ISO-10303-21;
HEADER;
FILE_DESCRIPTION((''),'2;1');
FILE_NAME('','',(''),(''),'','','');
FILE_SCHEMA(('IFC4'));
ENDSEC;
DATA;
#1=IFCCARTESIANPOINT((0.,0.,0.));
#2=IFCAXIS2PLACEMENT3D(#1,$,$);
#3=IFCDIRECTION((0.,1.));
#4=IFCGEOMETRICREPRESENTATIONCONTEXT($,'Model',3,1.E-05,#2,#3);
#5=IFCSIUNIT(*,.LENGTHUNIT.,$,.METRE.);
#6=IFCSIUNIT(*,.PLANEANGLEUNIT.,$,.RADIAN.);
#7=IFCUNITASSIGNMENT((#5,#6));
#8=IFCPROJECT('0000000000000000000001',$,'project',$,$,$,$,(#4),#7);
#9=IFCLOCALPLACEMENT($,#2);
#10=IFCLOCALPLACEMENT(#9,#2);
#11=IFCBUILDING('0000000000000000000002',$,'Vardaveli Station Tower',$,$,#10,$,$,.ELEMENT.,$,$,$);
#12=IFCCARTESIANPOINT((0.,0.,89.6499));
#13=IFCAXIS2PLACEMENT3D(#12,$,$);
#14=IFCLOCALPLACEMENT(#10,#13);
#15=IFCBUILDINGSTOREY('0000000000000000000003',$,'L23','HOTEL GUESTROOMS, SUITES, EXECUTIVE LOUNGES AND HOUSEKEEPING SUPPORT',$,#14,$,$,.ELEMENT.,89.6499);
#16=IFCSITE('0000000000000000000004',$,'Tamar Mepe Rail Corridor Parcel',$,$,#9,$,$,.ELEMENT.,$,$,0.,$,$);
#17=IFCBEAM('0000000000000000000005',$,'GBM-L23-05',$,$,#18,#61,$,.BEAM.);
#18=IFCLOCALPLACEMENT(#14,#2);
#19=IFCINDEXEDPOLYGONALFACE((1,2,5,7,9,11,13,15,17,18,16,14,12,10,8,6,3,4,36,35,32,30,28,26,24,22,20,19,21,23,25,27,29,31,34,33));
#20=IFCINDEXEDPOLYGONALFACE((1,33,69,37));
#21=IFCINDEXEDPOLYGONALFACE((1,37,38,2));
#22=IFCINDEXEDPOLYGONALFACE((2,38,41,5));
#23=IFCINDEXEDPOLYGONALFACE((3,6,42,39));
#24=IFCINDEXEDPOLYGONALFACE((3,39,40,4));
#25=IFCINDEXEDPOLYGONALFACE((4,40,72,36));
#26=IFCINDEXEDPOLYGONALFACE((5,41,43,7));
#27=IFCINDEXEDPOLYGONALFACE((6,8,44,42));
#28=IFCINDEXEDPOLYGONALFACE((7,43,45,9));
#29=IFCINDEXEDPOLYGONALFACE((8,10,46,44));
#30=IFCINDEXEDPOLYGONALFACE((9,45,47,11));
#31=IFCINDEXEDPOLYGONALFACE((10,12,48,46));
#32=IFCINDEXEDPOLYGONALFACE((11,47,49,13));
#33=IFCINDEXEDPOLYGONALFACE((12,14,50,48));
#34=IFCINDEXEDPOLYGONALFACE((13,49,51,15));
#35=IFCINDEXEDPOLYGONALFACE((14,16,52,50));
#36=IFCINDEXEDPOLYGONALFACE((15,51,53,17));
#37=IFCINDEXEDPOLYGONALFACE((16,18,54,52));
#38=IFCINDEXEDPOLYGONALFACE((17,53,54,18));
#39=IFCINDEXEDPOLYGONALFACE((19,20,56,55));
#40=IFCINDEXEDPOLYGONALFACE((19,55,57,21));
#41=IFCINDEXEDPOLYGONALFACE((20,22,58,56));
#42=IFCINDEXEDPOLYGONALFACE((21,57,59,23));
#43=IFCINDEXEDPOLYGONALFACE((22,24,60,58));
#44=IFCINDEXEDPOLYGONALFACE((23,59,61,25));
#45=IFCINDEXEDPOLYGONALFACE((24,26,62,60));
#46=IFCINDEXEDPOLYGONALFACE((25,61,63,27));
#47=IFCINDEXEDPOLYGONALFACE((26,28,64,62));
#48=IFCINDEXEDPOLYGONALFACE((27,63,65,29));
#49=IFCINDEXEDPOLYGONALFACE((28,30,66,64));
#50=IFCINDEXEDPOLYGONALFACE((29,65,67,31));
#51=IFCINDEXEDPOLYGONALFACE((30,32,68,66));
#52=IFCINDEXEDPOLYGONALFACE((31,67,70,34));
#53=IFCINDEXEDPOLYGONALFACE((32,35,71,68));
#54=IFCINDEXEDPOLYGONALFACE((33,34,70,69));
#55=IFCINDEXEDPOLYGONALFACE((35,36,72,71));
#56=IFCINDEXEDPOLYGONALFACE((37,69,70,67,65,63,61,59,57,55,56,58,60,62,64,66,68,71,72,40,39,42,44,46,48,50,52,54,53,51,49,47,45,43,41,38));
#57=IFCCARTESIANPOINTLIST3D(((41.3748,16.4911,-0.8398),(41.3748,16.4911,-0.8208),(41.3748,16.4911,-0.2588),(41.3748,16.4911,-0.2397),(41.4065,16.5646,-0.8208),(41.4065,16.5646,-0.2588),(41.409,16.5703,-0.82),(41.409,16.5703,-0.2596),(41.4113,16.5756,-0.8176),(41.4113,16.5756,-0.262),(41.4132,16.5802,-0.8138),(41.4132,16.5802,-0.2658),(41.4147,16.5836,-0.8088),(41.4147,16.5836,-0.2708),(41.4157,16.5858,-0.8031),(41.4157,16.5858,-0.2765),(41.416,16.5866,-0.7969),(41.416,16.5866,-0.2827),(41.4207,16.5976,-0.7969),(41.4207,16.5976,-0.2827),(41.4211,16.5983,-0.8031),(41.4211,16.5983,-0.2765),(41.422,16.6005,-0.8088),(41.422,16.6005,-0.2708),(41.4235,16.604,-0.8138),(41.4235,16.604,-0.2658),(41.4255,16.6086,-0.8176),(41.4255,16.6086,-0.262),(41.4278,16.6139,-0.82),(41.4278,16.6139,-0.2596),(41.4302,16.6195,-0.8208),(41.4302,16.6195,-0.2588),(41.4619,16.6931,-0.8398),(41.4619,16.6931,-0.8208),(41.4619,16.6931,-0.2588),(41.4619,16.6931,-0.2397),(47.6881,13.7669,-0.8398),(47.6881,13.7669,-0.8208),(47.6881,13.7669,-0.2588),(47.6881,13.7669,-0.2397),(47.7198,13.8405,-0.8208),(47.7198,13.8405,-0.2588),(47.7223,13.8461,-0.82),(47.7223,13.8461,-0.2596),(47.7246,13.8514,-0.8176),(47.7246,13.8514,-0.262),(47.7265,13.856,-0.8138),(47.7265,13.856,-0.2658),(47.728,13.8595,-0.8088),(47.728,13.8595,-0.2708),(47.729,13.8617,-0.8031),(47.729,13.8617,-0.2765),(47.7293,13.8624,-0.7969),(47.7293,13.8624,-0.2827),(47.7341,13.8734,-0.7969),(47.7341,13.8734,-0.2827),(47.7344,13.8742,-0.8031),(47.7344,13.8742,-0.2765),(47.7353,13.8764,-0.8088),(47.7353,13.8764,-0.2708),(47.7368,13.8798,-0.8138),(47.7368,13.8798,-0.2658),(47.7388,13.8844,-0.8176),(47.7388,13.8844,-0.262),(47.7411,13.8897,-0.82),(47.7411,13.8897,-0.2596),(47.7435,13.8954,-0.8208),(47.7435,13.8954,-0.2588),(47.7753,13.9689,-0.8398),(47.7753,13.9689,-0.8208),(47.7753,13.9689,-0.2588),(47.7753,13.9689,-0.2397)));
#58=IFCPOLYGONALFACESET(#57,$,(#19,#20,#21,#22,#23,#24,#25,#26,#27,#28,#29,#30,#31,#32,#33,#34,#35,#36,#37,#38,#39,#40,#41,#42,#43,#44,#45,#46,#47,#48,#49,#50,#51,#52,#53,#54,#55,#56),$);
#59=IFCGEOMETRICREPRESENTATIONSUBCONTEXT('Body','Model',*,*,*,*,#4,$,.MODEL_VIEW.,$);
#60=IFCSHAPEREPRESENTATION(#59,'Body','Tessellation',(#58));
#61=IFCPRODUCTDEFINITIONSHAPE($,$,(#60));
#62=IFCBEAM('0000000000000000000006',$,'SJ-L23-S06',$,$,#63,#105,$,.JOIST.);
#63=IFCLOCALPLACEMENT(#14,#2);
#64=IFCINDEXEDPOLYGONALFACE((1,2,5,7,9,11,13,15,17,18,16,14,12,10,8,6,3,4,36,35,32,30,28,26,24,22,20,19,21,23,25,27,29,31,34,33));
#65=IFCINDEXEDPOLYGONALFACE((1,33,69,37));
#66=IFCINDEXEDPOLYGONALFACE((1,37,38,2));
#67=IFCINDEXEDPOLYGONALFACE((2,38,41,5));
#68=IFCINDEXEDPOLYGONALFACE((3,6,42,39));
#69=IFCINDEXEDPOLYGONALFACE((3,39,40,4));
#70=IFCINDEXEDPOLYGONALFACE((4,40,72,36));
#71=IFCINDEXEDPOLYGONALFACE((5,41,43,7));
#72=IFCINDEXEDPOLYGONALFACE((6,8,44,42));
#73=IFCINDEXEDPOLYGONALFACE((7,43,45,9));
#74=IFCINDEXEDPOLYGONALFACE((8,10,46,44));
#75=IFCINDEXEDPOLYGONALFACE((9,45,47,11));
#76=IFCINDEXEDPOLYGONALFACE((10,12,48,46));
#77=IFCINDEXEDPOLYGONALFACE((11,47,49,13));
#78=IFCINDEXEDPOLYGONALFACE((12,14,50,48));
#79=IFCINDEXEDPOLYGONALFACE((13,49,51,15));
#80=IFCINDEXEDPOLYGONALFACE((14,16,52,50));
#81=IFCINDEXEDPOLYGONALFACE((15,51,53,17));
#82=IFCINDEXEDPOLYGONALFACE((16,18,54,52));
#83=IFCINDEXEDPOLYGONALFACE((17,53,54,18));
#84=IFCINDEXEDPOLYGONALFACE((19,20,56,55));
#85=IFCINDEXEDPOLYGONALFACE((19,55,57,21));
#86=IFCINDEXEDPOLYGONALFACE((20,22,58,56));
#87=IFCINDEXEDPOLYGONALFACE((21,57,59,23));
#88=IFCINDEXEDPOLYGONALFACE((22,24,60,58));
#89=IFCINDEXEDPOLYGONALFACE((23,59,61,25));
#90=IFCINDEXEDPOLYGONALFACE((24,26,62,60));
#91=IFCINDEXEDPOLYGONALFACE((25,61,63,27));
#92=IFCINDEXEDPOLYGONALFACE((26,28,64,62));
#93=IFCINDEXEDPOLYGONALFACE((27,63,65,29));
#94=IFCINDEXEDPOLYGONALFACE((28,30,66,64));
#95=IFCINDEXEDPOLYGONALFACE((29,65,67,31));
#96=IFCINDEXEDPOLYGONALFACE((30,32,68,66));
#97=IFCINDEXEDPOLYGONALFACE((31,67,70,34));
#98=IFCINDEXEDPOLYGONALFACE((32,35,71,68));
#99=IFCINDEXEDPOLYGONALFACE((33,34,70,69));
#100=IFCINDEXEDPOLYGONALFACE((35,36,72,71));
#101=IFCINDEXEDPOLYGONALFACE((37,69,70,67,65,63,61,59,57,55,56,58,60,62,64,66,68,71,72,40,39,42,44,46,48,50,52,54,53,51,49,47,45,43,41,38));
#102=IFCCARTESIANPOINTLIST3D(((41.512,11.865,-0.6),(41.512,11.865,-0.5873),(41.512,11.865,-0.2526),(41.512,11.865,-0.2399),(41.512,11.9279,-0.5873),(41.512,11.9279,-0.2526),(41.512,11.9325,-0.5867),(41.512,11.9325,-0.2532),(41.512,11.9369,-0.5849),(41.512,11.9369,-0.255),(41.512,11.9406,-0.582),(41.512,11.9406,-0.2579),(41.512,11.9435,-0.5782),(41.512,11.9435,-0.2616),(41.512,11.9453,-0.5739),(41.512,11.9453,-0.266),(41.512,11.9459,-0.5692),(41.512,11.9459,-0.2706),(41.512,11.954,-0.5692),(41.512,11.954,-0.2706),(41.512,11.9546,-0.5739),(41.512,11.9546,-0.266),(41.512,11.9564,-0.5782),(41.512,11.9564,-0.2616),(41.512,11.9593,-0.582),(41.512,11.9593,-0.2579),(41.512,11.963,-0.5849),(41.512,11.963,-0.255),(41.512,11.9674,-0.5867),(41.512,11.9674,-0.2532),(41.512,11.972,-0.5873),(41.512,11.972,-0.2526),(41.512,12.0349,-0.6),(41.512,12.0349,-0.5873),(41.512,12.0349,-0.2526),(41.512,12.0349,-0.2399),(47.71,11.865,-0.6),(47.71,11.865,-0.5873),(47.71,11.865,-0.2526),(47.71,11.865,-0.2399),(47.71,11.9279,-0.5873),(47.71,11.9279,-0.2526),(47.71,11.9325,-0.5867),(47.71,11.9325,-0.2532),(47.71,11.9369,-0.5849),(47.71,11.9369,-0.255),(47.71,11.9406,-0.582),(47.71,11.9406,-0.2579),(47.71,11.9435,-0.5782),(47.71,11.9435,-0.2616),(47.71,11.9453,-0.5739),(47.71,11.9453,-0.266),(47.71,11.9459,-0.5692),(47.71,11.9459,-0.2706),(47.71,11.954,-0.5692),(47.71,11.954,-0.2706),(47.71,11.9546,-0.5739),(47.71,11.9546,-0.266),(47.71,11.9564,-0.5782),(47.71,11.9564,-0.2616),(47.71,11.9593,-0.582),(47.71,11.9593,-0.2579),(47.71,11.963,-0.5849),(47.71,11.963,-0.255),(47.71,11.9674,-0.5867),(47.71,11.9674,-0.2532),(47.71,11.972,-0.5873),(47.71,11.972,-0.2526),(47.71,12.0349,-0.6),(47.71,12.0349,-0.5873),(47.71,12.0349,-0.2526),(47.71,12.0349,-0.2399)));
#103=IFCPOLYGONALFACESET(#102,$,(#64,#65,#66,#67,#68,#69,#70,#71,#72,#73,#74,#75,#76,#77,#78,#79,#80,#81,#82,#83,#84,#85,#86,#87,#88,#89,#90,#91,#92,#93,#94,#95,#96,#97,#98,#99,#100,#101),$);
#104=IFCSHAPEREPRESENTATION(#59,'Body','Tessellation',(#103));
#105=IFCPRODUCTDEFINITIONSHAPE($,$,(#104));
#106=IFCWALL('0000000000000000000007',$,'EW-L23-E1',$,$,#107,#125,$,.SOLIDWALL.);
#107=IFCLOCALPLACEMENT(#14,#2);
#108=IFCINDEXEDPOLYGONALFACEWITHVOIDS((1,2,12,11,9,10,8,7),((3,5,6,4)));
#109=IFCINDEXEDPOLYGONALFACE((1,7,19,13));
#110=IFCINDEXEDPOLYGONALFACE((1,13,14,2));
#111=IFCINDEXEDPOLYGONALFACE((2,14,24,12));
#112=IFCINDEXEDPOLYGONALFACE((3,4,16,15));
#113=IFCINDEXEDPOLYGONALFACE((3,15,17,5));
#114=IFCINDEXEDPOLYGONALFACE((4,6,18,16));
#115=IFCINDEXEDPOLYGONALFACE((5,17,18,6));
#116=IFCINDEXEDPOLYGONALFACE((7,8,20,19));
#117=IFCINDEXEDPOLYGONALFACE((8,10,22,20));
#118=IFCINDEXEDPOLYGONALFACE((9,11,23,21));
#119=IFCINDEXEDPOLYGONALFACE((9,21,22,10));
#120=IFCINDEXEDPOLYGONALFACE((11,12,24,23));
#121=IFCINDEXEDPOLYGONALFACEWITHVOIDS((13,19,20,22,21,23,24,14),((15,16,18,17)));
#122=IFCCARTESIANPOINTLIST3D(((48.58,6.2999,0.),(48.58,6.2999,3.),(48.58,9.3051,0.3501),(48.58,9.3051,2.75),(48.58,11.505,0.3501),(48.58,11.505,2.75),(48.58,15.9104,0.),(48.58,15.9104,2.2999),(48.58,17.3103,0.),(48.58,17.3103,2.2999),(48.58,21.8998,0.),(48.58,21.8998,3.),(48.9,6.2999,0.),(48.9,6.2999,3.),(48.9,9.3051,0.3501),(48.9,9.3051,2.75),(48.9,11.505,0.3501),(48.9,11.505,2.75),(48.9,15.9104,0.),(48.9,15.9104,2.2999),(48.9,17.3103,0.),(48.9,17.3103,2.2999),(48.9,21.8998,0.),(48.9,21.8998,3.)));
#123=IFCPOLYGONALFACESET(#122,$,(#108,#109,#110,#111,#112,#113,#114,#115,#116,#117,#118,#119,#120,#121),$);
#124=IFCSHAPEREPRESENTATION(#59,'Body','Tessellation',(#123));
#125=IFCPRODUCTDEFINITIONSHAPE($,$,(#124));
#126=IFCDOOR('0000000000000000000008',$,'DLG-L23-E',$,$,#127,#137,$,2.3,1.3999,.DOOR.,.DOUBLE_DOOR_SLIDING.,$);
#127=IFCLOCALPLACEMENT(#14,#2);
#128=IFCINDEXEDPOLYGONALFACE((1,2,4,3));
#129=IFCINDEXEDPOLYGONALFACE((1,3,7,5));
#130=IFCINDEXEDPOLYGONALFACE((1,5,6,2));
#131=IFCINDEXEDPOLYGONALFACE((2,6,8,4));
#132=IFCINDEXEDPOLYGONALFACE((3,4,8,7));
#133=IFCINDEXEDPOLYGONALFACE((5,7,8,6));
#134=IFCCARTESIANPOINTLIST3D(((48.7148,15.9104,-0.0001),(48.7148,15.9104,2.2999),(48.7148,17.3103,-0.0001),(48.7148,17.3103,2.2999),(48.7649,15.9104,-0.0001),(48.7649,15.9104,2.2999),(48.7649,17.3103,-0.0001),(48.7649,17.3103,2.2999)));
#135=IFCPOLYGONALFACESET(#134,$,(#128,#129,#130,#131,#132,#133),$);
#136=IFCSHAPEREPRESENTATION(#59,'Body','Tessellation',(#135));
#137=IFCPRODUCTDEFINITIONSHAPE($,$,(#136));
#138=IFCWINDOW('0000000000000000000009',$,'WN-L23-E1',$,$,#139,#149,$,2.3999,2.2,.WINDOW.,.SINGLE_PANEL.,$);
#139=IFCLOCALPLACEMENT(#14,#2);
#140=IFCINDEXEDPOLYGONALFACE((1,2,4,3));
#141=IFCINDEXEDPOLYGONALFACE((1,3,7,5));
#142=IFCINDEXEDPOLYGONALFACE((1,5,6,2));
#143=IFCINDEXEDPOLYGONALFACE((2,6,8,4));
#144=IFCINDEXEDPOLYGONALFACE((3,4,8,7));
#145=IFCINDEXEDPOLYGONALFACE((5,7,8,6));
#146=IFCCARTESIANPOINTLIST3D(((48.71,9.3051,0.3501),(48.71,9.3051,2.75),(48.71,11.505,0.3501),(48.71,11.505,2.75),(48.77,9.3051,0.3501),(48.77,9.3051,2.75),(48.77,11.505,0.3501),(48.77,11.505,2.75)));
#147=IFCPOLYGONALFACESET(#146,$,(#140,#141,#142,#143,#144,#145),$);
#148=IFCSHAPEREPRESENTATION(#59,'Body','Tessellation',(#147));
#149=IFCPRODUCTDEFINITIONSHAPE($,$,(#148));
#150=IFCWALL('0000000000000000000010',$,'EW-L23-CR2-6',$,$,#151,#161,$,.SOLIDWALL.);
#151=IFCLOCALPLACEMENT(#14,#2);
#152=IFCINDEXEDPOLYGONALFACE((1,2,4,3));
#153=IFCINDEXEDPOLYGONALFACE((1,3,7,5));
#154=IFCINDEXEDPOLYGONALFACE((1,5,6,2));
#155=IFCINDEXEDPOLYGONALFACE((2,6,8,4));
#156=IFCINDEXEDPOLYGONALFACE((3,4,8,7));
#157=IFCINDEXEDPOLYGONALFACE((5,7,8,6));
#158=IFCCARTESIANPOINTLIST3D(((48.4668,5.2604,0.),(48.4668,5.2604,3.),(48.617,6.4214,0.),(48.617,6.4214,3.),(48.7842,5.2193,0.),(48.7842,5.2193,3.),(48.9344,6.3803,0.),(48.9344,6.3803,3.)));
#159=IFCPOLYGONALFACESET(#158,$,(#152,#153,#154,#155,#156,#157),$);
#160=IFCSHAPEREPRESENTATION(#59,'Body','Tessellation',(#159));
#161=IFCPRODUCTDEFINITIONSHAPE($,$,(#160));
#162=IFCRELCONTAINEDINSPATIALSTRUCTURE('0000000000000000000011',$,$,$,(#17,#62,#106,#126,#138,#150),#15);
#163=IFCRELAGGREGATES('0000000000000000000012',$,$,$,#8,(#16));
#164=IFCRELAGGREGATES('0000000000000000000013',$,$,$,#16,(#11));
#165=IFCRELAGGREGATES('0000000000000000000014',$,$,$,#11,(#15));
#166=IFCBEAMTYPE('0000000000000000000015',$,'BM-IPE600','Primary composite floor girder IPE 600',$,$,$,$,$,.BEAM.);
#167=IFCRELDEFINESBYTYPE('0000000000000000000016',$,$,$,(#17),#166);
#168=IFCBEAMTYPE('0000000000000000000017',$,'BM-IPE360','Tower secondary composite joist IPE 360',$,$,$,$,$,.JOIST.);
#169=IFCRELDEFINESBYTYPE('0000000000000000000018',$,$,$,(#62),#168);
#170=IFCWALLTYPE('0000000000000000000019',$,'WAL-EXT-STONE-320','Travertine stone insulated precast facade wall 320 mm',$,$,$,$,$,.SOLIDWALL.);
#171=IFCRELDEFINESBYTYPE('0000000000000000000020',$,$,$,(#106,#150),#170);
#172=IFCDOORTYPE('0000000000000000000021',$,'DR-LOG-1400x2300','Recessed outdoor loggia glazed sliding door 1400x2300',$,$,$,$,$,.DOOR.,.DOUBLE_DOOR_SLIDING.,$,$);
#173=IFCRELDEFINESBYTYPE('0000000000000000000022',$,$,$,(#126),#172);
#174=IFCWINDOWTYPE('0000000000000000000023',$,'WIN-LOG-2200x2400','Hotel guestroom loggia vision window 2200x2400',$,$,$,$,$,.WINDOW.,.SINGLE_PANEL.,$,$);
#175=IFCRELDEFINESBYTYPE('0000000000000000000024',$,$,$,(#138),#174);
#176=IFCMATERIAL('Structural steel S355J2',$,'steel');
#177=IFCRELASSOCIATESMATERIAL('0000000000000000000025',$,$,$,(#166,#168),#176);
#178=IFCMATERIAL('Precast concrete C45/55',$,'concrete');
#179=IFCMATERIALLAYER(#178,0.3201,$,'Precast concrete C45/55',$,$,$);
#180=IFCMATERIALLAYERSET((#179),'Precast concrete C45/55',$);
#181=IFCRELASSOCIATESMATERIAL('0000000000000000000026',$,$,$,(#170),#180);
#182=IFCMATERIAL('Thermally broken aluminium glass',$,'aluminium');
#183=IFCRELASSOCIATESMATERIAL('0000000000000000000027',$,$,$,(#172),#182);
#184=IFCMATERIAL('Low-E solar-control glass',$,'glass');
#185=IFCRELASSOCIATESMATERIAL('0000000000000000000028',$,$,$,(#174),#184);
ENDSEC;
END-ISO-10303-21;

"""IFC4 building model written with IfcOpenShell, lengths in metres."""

from ifc_helpers import new_model, si_unit, direction, frame, frame_2d, origin, origin_2d, place, context, subcontext, project, spatial, rectangle, i_section, extrude, source, transform, mapped, material, layer, layer_set, material_profile, profile_set, type_object, element, fill, save


model = new_model("IFC4")

# Units and contexts
model_context = context("Model", 3, precision=1e-05, world=origin(), true_north=direction((0.0, 1.0)))
body_context = subcontext(model_context, "Body", "Model", "MODEL_VIEW")
ifc_project = project(units=[si_unit("LENGTHUNIT", "METRE"), si_unit("PLANEANGLEUNIT", "RADIAN")], contexts=[model_context])

# Site, building, storey
site_placement = place(None, origin())
site = spatial("IfcSite", under=ifc_project, at=site_placement, Name="Tamar Mepe Rail Corridor Parcel", CompositionType="ELEMENT", RefElevation=0.0)
building_placement = place(site_placement, origin())
building = spatial("IfcBuilding", under=site, at=building_placement, Name="Vardaveli Station Tower", CompositionType="ELEMENT")
storey_placement = place(building_placement, frame((0.0, 0.0, 89.6499)))
storey = spatial("IfcBuildingStorey", under=building, at=storey_placement, Name="L23", Description="HOTEL GUESTROOMS, SUITES, EXECUTIVE LOUNGES AND HOUSEKEEPING SUPPORT", CompositionType="ELEMENT", Elevation=89.6499)

# Beams
ifc_material_1 = material(Name="Precast concrete C45/55", Category="concrete")
ifc_material_2 = material(Name="Structural steel S355J2", Category="steel")
ifc_material_profile_1 = material_profile(ifc_material_2, i_section(OverallWidth=0.22, OverallDepth=0.6001, WebThickness=0.012, FlangeThickness=0.019, FilletRadius=0.0239, at=origin_2d()), Name="IPE 600")
ifc_profile_set_1 = profile_set([ifc_material_profile_1], Name="Structural steel S355J2")
beam_type_1 = type_object("IfcBeamType", Name="BM-IPE600", Description="Primary composite floor girder IPE 600", PredefinedType="BEAM", material=ifc_profile_set_1)
shared_shape_1 = source(origin(), body_context, "Body", "SweptSolid", [
    extrude(i_section(OverallWidth=0.22, OverallDepth=0.6001, WebThickness=0.012, FlangeThickness=0.019, FilletRadius=0.0239, at=origin_2d()), origin(), (0.0, 0.0, 1.0), 6.876),
])
beam_1_placement = place(storey_placement, frame((47.7317, 13.8679, -0.5398), z_axis=(-0.918171, 0.396185, 0.0), x_axis=(-0.396185, -0.918171, 0.0)))
element("IfcBeam", 1, at=beam_1_placement, inside=storey, type_object=beam_type_1, Name="GBM-L23-05", PredefinedType="BEAM", context=body_context, shape_type="MappedRepresentation", body=[
    mapped(shared_shape_1, transform((0.0, 0.0, 0.0), scale=1.0)),
])
ifc_material_profile_2 = material_profile(ifc_material_2, i_section(OverallWidth=0.1699, OverallDepth=0.3601, WebThickness=0.0081, FlangeThickness=0.0127, FilletRadius=0.0181, at=origin_2d()), Name="IPE 360")
ifc_profile_set_2 = profile_set([ifc_material_profile_2], Name="Structural steel S355J2")
beam_type_2 = type_object("IfcBeamType", Name="BM-IPE360", Description="Tower secondary composite joist IPE 360", PredefinedType="JOIST", material=ifc_profile_set_2)
shared_shape_2 = source(origin(), body_context, "Body", "SweptSolid", [
    extrude(i_section(OverallWidth=0.1699, OverallDepth=0.3601, WebThickness=0.0081, FlangeThickness=0.0127, FilletRadius=0.0181, at=origin_2d()), origin(), (0.0, 0.0, 1.0), 6.198),
])
beam_2_placement = place(storey_placement, frame((41.512, 11.95, -0.4199), z_axis=(1.0, 0.0, 0.0), x_axis=(0.0, 1.0, 0.0)))
element("IfcBeam", 2, at=beam_2_placement, inside=storey, type_object=beam_type_2, Name="SJ-L23-S06", PredefinedType="JOIST", context=body_context, shape_type="MappedRepresentation", body=[
    mapped(shared_shape_2, transform((0.0, 0.0, 0.0), scale=1.0)),
])

# Wall, openings, door, window
ifc_layer_1 = layer(ifc_material_1, 0.3201, Name="Precast concrete C45/55")
ifc_layer_set_1 = layer_set([ifc_layer_1], Name="Precast concrete C45/55")
wall_type_1 = type_object("IfcWallType", Name="WAL-EXT-STONE-320", Description="Travertine stone insulated precast facade wall 320 mm", PredefinedType="SOLIDWALL", material=ifc_layer_set_1)
shared_shape_3 = source(origin(), body_context, "Body", "SweptSolid", [
    extrude(rectangle(XDim=15.5999, YDim=0.3201, at=frame_2d((7.7998, 0.0))), origin(), (0.0, 0.0, 1.0), 3.0),
])
wall_1_placement = place(storey_placement, frame((48.74, 6.3, 0.0), z_axis=(0.0, 0.0, 1.0), x_axis=(0.0, 1.0, 0.0)))
wall_1 = element("IfcWall", 3, at=wall_1_placement, inside=storey, type_object=wall_type_1, Name="EW-L23-E1", PredefinedType="SOLIDWALL", context=body_context, shape_type="MappedRepresentation", body=[
    mapped(shared_shape_3, transform((0.0, 0.0, 0.0), scale=1.0)),
])
shared_shape_4 = source(origin(), body_context, "Body", "SweptSolid", [
    extrude(rectangle(XDim=1.3999, YDim=2.3, at=frame_2d((0.7, 1.1499))), frame((0.0, 0.1699, 0.0), z_axis=(0.0, -1.0, 0.0), x_axis=(1.0, 0.0, 0.0)), (0.0, 0.0, 1.0), 0.3401),
])
opening_1_placement = place(wall_1_placement, frame((9.6104, 0.0, 0.0)))
opening_1 = element("IfcOpeningElement", 4, at=opening_1_placement, cuts=wall_1, PredefinedType="OPENING", context=body_context, shape_type="MappedRepresentation", body=[
    mapped(shared_shape_4, transform((0.0, 0.0, 0.0), scale=1.0)),
])
shared_shape_5 = source(origin(), body_context, "Body", "SweptSolid", [
    extrude(rectangle(XDim=2.2, YDim=2.3999, at=frame_2d((1.1001, 1.2))), frame((0.0, 0.1699, 0.0), z_axis=(0.0, -1.0, 0.0), x_axis=(1.0, 0.0, 0.0)), (0.0, 0.0, 1.0), 0.3401),
])
opening_2_placement = place(wall_1_placement, frame((3.0049, 0.0, 0.3501)))
opening_2 = element("IfcOpeningElement", 5, at=opening_2_placement, cuts=wall_1, PredefinedType="OPENING", context=body_context, shape_type="MappedRepresentation", body=[
    mapped(shared_shape_5, transform((0.0, 0.0, 0.0), scale=1.0)),
])
ifc_material_3 = material(Name="Thermally broken aluminium glass", Category="aluminium")
door_type_1 = type_object("IfcDoorType", Name="DR-LOG-1400x2300", Description="Recessed outdoor loggia glazed sliding door 1400x2300", OperationType="DOUBLE_DOOR_SLIDING", PredefinedType="DOOR", material=ifc_material_3)
shared_shape_6 = source(origin(), body_context, "Body", "SweptSolid", [
    extrude(rectangle(XDim=1.3999, YDim=2.3, at=frame_2d((0.7, 1.1499))), frame((0.0, 0.0249, 0.0), z_axis=(0.0, -1.0, 0.0), x_axis=(1.0, 0.0, 0.0)), (0.0, 0.0, 1.0), 0.05),
])
door_1_placement = place(opening_1_placement, frame((1.3999, 0.0, 0.0), z_axis=(0.0, 0.0, 1.0), x_axis=(-1.0, 0.0, 0.0)))
door_1 = element("IfcDoor", 6, at=door_1_placement, inside=storey, type_object=door_type_1, Name="DLG-L23-E", OperationType="DOUBLE_DOOR_SLIDING", OverallHeight=2.3, OverallWidth=1.3999, PredefinedType="DOOR", context=body_context, shape_type="MappedRepresentation", body=[
    mapped(shared_shape_6, transform((0.0, 0.0, 0.0), scale=1.0)),
])
fill(opening_1, door_1)
ifc_material_4 = material(Name="Low-E solar-control glass", Category="glass")
window_type = type_object("IfcWindowType", Name="WIN-LOG-2200x2400", Description="Hotel guestroom loggia vision window 2200x2400", PartitioningType="SINGLE_PANEL", PredefinedType="WINDOW", material=ifc_material_4)
shared_shape_7 = source(origin(), body_context, "Body", "SweptSolid", [
    extrude(rectangle(XDim=2.2, YDim=2.3999, at=frame_2d((1.1001, 1.2))), frame((0.0, 0.03, 0.0), z_axis=(0.0, -1.0, 0.0), x_axis=(1.0, 0.0, 0.0)), (0.0, 0.0, 1.0), 0.0601),
])
window_placement = place(opening_2_placement, origin())
window = element("IfcWindow", 7, at=window_placement, inside=storey, type_object=window_type, Name="WN-L23-E1", OverallHeight=2.3999, OverallWidth=2.2, PartitioningType="SINGLE_PANEL", PredefinedType="WINDOW", context=body_context, shape_type="MappedRepresentation", body=[
    mapped(shared_shape_7, transform((0.0, 0.0, 0.0), scale=1.0)),
])
fill(opening_2, window)

# Wall
shared_shape_8 = source(origin(), body_context, "Body", "SweptSolid", [
    extrude(rectangle(XDim=1.1707, YDim=0.3201, at=frame_2d((0.5854, 0.0))), origin(), (0.0, 0.0, 1.0), 3.0),
])
wall_2_placement = place(storey_placement, frame((48.6255, 5.2397, 0.0), z_axis=(0.0, 0.0, 1.0), x_axis=(0.128269, 0.991739, 0.0)))
element("IfcWall", 8, at=wall_2_placement, inside=storey, type_object=wall_type_1, Name="EW-L23-CR2-6", PredefinedType="SOLIDWALL", context=body_context, shape_type="MappedRepresentation", body=[
    mapped(shared_shape_8, transform((0.0, 0.0, 0.0), scale=1.0)),
])

save(model, "model.ifc")
